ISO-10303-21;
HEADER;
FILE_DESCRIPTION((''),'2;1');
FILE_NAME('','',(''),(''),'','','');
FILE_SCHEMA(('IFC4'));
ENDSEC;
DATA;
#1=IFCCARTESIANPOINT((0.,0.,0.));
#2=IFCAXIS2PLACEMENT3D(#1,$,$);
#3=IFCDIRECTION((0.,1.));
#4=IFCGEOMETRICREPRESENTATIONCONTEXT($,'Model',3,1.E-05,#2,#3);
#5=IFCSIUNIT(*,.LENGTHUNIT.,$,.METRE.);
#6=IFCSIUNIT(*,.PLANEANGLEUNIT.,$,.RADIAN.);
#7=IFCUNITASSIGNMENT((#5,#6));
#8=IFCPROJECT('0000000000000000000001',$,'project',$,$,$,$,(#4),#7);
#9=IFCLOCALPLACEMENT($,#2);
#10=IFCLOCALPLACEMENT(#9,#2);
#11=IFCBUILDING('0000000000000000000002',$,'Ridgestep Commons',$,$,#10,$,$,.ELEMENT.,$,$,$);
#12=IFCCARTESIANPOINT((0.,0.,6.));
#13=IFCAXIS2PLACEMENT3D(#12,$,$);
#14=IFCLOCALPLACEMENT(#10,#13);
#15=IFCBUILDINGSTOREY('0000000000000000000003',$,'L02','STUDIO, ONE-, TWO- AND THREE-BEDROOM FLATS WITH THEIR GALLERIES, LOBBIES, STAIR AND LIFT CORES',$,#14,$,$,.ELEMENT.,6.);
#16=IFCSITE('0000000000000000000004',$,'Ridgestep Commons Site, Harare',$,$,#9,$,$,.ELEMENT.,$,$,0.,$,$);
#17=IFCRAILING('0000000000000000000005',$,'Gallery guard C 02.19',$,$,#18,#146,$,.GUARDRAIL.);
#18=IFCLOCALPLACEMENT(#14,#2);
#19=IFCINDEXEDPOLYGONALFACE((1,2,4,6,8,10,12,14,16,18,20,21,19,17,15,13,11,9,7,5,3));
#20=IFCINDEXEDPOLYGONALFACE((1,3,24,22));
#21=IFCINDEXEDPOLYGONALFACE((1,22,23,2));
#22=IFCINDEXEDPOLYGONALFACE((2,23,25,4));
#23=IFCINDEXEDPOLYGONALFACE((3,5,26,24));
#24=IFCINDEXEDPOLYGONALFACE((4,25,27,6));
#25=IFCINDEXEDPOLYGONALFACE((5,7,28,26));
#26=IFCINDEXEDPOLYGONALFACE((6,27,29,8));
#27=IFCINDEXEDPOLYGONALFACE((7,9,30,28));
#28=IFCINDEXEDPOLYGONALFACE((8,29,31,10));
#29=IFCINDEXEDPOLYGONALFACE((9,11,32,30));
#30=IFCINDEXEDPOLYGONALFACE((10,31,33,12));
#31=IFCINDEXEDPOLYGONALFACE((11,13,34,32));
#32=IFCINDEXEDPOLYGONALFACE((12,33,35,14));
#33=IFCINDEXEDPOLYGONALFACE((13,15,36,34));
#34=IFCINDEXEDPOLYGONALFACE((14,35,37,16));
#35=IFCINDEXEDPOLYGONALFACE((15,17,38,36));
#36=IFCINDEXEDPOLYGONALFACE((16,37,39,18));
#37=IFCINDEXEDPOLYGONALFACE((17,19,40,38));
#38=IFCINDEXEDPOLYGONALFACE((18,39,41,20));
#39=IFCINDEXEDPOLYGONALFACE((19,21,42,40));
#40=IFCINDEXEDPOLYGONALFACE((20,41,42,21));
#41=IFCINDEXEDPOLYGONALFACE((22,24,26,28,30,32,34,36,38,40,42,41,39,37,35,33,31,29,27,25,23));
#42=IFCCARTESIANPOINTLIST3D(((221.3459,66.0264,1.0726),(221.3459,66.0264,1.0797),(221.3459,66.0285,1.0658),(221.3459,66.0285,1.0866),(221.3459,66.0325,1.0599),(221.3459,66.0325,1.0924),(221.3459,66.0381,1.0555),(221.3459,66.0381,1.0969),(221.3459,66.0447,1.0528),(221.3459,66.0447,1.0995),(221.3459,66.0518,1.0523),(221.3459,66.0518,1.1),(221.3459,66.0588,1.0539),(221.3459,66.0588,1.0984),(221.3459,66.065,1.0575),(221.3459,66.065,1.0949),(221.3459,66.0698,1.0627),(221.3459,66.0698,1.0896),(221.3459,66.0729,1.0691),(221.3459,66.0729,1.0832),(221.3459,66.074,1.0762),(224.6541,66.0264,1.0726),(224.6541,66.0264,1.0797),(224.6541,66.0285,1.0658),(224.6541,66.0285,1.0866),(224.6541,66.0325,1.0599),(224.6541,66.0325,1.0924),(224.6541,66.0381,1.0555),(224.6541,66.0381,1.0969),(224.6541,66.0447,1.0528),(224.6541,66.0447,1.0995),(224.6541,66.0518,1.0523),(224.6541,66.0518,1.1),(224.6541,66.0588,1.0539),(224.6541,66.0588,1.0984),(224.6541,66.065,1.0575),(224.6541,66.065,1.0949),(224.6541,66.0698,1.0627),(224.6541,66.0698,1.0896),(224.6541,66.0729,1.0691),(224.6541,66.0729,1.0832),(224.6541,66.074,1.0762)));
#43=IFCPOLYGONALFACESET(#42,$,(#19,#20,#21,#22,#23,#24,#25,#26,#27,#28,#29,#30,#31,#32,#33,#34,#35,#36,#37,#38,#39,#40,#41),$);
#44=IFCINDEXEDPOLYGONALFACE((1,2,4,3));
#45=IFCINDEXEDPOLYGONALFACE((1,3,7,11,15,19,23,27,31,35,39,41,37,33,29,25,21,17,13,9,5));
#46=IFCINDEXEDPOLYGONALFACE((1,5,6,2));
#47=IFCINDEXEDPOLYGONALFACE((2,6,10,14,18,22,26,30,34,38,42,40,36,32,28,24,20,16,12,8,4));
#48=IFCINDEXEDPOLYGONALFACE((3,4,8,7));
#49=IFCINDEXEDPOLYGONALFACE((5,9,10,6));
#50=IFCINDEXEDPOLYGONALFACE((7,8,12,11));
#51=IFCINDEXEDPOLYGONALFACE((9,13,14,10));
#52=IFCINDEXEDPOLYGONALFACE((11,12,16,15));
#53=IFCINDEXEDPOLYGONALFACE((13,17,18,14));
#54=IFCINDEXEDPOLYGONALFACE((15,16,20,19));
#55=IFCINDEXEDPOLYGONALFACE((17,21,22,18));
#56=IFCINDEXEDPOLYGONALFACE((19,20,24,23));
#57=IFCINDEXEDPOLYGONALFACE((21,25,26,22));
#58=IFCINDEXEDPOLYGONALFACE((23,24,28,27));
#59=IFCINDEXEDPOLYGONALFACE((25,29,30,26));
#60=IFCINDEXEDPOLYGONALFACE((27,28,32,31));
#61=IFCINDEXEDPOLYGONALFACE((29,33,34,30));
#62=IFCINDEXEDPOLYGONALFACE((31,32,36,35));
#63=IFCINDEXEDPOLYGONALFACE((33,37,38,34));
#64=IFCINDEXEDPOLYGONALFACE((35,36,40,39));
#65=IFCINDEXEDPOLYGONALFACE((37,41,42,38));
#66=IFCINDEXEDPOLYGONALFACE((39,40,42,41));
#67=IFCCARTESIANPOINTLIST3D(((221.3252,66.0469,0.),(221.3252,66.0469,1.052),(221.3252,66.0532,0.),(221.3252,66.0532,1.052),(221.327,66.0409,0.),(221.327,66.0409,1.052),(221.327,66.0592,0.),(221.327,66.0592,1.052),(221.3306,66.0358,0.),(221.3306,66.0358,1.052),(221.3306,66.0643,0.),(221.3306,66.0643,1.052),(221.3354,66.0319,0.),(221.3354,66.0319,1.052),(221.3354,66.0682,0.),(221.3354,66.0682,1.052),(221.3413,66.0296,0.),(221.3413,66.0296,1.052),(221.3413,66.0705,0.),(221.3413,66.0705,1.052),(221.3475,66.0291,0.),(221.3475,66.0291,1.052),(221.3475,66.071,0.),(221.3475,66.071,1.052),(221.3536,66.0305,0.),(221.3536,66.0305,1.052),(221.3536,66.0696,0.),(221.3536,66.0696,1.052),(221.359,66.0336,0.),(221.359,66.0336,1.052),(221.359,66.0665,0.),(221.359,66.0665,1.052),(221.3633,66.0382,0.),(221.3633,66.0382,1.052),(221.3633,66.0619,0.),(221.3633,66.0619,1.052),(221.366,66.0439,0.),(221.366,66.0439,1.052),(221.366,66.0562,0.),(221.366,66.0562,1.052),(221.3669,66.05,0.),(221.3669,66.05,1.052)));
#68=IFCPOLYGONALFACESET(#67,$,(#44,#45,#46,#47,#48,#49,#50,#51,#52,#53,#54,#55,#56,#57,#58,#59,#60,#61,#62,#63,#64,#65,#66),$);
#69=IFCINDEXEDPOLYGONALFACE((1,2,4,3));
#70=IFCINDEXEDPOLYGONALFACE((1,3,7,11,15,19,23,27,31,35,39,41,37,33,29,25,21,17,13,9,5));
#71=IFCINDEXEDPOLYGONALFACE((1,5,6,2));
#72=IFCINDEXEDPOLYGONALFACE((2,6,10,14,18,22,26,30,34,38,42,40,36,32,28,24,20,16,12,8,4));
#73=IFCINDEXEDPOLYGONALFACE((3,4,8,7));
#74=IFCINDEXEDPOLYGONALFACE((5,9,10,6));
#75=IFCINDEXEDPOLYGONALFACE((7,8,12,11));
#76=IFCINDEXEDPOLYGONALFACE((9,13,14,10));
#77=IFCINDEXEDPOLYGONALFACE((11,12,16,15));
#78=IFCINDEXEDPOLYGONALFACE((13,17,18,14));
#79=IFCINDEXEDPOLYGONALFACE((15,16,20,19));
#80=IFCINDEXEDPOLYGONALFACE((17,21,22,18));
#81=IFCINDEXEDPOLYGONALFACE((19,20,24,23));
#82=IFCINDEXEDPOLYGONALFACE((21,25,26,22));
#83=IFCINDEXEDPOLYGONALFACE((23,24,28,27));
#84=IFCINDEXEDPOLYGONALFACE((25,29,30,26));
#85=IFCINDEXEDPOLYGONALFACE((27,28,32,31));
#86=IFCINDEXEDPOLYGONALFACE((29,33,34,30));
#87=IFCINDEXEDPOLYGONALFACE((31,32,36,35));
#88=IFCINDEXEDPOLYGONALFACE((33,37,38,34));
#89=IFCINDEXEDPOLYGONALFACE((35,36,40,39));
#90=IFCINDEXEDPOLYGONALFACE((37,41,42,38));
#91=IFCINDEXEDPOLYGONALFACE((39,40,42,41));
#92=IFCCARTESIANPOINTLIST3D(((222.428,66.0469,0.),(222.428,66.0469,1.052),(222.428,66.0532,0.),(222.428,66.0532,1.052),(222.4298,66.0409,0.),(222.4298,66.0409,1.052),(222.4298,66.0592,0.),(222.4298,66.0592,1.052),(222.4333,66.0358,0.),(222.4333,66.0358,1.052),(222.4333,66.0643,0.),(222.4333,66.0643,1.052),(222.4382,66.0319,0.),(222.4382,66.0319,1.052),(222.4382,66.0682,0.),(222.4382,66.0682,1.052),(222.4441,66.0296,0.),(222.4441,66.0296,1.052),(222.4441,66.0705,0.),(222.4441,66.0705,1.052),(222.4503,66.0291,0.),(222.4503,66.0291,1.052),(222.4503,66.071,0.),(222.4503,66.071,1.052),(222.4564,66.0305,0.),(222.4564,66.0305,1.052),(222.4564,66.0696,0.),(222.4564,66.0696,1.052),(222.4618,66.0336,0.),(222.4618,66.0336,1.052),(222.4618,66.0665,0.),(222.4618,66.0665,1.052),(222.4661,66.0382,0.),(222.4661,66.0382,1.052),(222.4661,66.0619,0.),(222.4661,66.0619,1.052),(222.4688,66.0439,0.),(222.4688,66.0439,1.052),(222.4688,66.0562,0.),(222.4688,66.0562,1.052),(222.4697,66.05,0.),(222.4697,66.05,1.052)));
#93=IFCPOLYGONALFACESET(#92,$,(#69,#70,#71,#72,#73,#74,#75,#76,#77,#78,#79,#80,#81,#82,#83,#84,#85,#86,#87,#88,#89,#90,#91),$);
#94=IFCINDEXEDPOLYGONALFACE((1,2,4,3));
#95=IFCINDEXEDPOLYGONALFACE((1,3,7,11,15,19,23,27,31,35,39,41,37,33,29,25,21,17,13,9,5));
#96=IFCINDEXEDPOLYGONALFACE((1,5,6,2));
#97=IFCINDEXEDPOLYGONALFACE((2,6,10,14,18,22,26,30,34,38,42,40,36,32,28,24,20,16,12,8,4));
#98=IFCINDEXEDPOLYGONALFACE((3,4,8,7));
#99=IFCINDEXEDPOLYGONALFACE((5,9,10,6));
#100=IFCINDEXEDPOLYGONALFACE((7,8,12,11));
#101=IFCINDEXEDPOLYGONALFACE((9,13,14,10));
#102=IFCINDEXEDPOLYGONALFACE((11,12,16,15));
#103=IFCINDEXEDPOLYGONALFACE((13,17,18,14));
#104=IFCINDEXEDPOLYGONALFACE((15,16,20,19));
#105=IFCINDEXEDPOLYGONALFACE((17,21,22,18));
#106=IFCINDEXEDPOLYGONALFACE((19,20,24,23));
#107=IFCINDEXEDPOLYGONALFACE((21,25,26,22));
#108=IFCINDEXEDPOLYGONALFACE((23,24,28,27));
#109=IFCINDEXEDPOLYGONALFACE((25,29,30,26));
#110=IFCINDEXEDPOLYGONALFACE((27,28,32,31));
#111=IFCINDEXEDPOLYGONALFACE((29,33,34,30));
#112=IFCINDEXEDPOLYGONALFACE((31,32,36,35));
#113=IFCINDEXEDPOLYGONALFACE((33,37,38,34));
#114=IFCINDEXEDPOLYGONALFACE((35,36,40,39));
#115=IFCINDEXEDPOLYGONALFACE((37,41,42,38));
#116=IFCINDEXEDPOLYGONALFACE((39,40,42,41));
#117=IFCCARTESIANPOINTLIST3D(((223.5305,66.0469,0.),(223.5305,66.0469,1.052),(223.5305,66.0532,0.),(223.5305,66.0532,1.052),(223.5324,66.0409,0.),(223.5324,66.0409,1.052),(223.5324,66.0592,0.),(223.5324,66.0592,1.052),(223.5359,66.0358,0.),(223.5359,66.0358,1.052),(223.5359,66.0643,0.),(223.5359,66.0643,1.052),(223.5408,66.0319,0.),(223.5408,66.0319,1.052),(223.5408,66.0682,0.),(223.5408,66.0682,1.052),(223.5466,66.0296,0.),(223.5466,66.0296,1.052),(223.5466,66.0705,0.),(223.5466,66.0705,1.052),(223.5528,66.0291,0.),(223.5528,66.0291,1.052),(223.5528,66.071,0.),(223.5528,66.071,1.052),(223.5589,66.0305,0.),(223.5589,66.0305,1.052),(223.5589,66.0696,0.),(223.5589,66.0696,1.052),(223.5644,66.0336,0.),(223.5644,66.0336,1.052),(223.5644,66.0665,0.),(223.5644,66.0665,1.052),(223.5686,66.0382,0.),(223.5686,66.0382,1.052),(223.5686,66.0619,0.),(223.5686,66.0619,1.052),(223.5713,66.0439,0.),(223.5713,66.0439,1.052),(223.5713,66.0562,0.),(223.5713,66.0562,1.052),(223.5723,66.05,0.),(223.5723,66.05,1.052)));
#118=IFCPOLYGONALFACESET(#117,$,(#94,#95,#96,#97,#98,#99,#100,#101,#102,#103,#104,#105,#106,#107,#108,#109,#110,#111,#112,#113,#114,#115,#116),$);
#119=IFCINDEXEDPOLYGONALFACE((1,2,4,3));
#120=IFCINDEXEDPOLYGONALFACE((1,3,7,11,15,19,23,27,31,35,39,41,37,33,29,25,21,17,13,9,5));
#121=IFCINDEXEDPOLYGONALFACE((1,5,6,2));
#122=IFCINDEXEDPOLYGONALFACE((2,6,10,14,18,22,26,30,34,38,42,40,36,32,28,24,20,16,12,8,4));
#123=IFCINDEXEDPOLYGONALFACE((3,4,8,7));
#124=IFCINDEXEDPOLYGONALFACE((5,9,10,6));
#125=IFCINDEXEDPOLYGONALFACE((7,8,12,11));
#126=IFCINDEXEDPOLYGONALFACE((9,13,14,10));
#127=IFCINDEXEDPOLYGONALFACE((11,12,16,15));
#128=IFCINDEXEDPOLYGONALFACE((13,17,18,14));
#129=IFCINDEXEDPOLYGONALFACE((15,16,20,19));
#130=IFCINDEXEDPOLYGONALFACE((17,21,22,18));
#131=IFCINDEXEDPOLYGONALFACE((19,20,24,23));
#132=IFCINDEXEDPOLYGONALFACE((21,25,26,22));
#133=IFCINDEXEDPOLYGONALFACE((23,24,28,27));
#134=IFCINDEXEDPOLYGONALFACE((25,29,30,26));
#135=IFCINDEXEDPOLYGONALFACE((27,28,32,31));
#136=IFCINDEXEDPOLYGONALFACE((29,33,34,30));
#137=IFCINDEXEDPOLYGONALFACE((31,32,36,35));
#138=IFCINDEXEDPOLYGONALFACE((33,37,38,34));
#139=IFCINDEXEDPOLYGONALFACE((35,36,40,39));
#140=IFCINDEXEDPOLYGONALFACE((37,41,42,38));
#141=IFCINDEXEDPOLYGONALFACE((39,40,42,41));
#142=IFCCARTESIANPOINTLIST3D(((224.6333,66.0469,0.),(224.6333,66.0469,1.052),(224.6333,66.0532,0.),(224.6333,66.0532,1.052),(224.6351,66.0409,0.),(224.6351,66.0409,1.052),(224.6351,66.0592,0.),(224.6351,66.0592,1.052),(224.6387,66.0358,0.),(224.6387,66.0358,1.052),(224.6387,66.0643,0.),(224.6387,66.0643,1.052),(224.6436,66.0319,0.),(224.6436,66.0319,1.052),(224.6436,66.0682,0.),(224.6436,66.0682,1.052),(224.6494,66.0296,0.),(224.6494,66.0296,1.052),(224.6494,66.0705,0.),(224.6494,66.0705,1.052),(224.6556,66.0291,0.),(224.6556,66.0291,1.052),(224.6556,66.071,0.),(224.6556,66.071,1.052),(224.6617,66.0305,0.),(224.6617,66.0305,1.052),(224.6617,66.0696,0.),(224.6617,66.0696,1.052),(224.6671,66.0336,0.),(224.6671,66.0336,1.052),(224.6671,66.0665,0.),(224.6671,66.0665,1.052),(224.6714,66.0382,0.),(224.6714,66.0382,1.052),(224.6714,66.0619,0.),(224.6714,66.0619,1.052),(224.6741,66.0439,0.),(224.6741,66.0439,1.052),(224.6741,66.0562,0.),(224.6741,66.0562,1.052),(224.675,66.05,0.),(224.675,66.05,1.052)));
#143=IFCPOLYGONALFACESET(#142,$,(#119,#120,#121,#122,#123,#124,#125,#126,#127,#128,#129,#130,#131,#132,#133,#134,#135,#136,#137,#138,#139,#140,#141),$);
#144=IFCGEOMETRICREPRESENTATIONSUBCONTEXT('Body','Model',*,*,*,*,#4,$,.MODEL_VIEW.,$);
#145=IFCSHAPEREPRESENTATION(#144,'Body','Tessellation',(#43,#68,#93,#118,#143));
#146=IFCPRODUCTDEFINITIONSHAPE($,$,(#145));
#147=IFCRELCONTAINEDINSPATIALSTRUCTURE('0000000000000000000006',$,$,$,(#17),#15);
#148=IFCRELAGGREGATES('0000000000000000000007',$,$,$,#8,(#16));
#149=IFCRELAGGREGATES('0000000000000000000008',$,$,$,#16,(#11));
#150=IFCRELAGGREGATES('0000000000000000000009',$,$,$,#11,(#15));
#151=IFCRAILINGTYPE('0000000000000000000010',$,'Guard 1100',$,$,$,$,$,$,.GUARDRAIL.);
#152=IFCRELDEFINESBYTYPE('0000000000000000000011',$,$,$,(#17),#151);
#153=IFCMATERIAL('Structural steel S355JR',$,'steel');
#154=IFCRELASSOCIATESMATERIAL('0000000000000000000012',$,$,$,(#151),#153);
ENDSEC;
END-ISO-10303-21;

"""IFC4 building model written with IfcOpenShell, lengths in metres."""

from ifc_helpers import new_model, si_unit, direction, frame, origin, origin_2d, place, context, subcontext, project, spatial, circle, extrude, material, type_object, element, save


model = new_model("IFC4")

# Units and contexts
model_context = context("Model", 3, precision=1e-05, world=origin(), true_north=direction((0.0, 1.0)))
body_context = subcontext(model_context, "Body", "Model", "MODEL_VIEW")
ifc_project = project(units=[si_unit("LENGTHUNIT", "METRE"), si_unit("PLANEANGLEUNIT", "RADIAN")], contexts=[model_context])

# Site, building, storey
site_placement = place(None, origin())
site = spatial("IfcSite", under=ifc_project, at=site_placement, Name="Ridgestep Commons Site, Harare", CompositionType="ELEMENT", RefElevation=0.0)
building_placement = place(site_placement, origin())
building = spatial("IfcBuilding", under=site, at=building_placement, Name="Ridgestep Commons", CompositionType="ELEMENT")
storey_placement = place(building_placement, frame((0.0, 0.0, 6.0)))
storey = spatial("IfcBuildingStorey", under=building, at=storey_placement, Name="L02", Description="STUDIO, ONE-, TWO- AND THREE-BEDROOM FLATS WITH THEIR GALLERIES, LOBBIES, STAIR AND LIFT CORES", CompositionType="ELEMENT", Elevation=6.0)

# Railing
ifc_material_1 = material(Name="Structural steel S355JR", Category="steel")
railing_type = type_object("IfcRailingType", Name="Guard 1100", PredefinedType="GUARDRAIL", material=ifc_material_1)
railing_1_placement = place(storey_placement, frame((221.3459, 66.05, 0.0)))
element("IfcRailing", 1, at=railing_1_placement, inside=storey, type_object=railing_type, Name="Gallery guard C 02.19", PredefinedType="GUARDRAIL", context=body_context, shape_type="SweptSolid", body=[
    extrude(circle(Radius=0.0239, at=origin_2d()), frame((0.0, 0.0, 1.0762), z_axis=(1.0, 0.0, 0.0), x_axis=(0.0, 1.0, 0.0)), (0.0, 0.0, 1.0), 3.3081),
    extrude(circle(Radius=0.021, at=origin_2d()), origin(), (0.0, 0.0, 1.0), 1.052),
    extrude(circle(Radius=0.021, at=origin_2d()), frame((1.1028, 0.0, 0.0)), (0.0, 0.0, 1.0), 1.052),
    extrude(circle(Radius=0.021, at=origin_2d()), frame((2.2053, 0.0, 0.0)), (0.0, 0.0, 1.0), 1.052),
    extrude(circle(Radius=0.021, at=origin_2d()), frame((3.3081, 0.0, 0.0)), (0.0, 0.0, 1.0), 1.052),
])

save(model, "model.ifc")
